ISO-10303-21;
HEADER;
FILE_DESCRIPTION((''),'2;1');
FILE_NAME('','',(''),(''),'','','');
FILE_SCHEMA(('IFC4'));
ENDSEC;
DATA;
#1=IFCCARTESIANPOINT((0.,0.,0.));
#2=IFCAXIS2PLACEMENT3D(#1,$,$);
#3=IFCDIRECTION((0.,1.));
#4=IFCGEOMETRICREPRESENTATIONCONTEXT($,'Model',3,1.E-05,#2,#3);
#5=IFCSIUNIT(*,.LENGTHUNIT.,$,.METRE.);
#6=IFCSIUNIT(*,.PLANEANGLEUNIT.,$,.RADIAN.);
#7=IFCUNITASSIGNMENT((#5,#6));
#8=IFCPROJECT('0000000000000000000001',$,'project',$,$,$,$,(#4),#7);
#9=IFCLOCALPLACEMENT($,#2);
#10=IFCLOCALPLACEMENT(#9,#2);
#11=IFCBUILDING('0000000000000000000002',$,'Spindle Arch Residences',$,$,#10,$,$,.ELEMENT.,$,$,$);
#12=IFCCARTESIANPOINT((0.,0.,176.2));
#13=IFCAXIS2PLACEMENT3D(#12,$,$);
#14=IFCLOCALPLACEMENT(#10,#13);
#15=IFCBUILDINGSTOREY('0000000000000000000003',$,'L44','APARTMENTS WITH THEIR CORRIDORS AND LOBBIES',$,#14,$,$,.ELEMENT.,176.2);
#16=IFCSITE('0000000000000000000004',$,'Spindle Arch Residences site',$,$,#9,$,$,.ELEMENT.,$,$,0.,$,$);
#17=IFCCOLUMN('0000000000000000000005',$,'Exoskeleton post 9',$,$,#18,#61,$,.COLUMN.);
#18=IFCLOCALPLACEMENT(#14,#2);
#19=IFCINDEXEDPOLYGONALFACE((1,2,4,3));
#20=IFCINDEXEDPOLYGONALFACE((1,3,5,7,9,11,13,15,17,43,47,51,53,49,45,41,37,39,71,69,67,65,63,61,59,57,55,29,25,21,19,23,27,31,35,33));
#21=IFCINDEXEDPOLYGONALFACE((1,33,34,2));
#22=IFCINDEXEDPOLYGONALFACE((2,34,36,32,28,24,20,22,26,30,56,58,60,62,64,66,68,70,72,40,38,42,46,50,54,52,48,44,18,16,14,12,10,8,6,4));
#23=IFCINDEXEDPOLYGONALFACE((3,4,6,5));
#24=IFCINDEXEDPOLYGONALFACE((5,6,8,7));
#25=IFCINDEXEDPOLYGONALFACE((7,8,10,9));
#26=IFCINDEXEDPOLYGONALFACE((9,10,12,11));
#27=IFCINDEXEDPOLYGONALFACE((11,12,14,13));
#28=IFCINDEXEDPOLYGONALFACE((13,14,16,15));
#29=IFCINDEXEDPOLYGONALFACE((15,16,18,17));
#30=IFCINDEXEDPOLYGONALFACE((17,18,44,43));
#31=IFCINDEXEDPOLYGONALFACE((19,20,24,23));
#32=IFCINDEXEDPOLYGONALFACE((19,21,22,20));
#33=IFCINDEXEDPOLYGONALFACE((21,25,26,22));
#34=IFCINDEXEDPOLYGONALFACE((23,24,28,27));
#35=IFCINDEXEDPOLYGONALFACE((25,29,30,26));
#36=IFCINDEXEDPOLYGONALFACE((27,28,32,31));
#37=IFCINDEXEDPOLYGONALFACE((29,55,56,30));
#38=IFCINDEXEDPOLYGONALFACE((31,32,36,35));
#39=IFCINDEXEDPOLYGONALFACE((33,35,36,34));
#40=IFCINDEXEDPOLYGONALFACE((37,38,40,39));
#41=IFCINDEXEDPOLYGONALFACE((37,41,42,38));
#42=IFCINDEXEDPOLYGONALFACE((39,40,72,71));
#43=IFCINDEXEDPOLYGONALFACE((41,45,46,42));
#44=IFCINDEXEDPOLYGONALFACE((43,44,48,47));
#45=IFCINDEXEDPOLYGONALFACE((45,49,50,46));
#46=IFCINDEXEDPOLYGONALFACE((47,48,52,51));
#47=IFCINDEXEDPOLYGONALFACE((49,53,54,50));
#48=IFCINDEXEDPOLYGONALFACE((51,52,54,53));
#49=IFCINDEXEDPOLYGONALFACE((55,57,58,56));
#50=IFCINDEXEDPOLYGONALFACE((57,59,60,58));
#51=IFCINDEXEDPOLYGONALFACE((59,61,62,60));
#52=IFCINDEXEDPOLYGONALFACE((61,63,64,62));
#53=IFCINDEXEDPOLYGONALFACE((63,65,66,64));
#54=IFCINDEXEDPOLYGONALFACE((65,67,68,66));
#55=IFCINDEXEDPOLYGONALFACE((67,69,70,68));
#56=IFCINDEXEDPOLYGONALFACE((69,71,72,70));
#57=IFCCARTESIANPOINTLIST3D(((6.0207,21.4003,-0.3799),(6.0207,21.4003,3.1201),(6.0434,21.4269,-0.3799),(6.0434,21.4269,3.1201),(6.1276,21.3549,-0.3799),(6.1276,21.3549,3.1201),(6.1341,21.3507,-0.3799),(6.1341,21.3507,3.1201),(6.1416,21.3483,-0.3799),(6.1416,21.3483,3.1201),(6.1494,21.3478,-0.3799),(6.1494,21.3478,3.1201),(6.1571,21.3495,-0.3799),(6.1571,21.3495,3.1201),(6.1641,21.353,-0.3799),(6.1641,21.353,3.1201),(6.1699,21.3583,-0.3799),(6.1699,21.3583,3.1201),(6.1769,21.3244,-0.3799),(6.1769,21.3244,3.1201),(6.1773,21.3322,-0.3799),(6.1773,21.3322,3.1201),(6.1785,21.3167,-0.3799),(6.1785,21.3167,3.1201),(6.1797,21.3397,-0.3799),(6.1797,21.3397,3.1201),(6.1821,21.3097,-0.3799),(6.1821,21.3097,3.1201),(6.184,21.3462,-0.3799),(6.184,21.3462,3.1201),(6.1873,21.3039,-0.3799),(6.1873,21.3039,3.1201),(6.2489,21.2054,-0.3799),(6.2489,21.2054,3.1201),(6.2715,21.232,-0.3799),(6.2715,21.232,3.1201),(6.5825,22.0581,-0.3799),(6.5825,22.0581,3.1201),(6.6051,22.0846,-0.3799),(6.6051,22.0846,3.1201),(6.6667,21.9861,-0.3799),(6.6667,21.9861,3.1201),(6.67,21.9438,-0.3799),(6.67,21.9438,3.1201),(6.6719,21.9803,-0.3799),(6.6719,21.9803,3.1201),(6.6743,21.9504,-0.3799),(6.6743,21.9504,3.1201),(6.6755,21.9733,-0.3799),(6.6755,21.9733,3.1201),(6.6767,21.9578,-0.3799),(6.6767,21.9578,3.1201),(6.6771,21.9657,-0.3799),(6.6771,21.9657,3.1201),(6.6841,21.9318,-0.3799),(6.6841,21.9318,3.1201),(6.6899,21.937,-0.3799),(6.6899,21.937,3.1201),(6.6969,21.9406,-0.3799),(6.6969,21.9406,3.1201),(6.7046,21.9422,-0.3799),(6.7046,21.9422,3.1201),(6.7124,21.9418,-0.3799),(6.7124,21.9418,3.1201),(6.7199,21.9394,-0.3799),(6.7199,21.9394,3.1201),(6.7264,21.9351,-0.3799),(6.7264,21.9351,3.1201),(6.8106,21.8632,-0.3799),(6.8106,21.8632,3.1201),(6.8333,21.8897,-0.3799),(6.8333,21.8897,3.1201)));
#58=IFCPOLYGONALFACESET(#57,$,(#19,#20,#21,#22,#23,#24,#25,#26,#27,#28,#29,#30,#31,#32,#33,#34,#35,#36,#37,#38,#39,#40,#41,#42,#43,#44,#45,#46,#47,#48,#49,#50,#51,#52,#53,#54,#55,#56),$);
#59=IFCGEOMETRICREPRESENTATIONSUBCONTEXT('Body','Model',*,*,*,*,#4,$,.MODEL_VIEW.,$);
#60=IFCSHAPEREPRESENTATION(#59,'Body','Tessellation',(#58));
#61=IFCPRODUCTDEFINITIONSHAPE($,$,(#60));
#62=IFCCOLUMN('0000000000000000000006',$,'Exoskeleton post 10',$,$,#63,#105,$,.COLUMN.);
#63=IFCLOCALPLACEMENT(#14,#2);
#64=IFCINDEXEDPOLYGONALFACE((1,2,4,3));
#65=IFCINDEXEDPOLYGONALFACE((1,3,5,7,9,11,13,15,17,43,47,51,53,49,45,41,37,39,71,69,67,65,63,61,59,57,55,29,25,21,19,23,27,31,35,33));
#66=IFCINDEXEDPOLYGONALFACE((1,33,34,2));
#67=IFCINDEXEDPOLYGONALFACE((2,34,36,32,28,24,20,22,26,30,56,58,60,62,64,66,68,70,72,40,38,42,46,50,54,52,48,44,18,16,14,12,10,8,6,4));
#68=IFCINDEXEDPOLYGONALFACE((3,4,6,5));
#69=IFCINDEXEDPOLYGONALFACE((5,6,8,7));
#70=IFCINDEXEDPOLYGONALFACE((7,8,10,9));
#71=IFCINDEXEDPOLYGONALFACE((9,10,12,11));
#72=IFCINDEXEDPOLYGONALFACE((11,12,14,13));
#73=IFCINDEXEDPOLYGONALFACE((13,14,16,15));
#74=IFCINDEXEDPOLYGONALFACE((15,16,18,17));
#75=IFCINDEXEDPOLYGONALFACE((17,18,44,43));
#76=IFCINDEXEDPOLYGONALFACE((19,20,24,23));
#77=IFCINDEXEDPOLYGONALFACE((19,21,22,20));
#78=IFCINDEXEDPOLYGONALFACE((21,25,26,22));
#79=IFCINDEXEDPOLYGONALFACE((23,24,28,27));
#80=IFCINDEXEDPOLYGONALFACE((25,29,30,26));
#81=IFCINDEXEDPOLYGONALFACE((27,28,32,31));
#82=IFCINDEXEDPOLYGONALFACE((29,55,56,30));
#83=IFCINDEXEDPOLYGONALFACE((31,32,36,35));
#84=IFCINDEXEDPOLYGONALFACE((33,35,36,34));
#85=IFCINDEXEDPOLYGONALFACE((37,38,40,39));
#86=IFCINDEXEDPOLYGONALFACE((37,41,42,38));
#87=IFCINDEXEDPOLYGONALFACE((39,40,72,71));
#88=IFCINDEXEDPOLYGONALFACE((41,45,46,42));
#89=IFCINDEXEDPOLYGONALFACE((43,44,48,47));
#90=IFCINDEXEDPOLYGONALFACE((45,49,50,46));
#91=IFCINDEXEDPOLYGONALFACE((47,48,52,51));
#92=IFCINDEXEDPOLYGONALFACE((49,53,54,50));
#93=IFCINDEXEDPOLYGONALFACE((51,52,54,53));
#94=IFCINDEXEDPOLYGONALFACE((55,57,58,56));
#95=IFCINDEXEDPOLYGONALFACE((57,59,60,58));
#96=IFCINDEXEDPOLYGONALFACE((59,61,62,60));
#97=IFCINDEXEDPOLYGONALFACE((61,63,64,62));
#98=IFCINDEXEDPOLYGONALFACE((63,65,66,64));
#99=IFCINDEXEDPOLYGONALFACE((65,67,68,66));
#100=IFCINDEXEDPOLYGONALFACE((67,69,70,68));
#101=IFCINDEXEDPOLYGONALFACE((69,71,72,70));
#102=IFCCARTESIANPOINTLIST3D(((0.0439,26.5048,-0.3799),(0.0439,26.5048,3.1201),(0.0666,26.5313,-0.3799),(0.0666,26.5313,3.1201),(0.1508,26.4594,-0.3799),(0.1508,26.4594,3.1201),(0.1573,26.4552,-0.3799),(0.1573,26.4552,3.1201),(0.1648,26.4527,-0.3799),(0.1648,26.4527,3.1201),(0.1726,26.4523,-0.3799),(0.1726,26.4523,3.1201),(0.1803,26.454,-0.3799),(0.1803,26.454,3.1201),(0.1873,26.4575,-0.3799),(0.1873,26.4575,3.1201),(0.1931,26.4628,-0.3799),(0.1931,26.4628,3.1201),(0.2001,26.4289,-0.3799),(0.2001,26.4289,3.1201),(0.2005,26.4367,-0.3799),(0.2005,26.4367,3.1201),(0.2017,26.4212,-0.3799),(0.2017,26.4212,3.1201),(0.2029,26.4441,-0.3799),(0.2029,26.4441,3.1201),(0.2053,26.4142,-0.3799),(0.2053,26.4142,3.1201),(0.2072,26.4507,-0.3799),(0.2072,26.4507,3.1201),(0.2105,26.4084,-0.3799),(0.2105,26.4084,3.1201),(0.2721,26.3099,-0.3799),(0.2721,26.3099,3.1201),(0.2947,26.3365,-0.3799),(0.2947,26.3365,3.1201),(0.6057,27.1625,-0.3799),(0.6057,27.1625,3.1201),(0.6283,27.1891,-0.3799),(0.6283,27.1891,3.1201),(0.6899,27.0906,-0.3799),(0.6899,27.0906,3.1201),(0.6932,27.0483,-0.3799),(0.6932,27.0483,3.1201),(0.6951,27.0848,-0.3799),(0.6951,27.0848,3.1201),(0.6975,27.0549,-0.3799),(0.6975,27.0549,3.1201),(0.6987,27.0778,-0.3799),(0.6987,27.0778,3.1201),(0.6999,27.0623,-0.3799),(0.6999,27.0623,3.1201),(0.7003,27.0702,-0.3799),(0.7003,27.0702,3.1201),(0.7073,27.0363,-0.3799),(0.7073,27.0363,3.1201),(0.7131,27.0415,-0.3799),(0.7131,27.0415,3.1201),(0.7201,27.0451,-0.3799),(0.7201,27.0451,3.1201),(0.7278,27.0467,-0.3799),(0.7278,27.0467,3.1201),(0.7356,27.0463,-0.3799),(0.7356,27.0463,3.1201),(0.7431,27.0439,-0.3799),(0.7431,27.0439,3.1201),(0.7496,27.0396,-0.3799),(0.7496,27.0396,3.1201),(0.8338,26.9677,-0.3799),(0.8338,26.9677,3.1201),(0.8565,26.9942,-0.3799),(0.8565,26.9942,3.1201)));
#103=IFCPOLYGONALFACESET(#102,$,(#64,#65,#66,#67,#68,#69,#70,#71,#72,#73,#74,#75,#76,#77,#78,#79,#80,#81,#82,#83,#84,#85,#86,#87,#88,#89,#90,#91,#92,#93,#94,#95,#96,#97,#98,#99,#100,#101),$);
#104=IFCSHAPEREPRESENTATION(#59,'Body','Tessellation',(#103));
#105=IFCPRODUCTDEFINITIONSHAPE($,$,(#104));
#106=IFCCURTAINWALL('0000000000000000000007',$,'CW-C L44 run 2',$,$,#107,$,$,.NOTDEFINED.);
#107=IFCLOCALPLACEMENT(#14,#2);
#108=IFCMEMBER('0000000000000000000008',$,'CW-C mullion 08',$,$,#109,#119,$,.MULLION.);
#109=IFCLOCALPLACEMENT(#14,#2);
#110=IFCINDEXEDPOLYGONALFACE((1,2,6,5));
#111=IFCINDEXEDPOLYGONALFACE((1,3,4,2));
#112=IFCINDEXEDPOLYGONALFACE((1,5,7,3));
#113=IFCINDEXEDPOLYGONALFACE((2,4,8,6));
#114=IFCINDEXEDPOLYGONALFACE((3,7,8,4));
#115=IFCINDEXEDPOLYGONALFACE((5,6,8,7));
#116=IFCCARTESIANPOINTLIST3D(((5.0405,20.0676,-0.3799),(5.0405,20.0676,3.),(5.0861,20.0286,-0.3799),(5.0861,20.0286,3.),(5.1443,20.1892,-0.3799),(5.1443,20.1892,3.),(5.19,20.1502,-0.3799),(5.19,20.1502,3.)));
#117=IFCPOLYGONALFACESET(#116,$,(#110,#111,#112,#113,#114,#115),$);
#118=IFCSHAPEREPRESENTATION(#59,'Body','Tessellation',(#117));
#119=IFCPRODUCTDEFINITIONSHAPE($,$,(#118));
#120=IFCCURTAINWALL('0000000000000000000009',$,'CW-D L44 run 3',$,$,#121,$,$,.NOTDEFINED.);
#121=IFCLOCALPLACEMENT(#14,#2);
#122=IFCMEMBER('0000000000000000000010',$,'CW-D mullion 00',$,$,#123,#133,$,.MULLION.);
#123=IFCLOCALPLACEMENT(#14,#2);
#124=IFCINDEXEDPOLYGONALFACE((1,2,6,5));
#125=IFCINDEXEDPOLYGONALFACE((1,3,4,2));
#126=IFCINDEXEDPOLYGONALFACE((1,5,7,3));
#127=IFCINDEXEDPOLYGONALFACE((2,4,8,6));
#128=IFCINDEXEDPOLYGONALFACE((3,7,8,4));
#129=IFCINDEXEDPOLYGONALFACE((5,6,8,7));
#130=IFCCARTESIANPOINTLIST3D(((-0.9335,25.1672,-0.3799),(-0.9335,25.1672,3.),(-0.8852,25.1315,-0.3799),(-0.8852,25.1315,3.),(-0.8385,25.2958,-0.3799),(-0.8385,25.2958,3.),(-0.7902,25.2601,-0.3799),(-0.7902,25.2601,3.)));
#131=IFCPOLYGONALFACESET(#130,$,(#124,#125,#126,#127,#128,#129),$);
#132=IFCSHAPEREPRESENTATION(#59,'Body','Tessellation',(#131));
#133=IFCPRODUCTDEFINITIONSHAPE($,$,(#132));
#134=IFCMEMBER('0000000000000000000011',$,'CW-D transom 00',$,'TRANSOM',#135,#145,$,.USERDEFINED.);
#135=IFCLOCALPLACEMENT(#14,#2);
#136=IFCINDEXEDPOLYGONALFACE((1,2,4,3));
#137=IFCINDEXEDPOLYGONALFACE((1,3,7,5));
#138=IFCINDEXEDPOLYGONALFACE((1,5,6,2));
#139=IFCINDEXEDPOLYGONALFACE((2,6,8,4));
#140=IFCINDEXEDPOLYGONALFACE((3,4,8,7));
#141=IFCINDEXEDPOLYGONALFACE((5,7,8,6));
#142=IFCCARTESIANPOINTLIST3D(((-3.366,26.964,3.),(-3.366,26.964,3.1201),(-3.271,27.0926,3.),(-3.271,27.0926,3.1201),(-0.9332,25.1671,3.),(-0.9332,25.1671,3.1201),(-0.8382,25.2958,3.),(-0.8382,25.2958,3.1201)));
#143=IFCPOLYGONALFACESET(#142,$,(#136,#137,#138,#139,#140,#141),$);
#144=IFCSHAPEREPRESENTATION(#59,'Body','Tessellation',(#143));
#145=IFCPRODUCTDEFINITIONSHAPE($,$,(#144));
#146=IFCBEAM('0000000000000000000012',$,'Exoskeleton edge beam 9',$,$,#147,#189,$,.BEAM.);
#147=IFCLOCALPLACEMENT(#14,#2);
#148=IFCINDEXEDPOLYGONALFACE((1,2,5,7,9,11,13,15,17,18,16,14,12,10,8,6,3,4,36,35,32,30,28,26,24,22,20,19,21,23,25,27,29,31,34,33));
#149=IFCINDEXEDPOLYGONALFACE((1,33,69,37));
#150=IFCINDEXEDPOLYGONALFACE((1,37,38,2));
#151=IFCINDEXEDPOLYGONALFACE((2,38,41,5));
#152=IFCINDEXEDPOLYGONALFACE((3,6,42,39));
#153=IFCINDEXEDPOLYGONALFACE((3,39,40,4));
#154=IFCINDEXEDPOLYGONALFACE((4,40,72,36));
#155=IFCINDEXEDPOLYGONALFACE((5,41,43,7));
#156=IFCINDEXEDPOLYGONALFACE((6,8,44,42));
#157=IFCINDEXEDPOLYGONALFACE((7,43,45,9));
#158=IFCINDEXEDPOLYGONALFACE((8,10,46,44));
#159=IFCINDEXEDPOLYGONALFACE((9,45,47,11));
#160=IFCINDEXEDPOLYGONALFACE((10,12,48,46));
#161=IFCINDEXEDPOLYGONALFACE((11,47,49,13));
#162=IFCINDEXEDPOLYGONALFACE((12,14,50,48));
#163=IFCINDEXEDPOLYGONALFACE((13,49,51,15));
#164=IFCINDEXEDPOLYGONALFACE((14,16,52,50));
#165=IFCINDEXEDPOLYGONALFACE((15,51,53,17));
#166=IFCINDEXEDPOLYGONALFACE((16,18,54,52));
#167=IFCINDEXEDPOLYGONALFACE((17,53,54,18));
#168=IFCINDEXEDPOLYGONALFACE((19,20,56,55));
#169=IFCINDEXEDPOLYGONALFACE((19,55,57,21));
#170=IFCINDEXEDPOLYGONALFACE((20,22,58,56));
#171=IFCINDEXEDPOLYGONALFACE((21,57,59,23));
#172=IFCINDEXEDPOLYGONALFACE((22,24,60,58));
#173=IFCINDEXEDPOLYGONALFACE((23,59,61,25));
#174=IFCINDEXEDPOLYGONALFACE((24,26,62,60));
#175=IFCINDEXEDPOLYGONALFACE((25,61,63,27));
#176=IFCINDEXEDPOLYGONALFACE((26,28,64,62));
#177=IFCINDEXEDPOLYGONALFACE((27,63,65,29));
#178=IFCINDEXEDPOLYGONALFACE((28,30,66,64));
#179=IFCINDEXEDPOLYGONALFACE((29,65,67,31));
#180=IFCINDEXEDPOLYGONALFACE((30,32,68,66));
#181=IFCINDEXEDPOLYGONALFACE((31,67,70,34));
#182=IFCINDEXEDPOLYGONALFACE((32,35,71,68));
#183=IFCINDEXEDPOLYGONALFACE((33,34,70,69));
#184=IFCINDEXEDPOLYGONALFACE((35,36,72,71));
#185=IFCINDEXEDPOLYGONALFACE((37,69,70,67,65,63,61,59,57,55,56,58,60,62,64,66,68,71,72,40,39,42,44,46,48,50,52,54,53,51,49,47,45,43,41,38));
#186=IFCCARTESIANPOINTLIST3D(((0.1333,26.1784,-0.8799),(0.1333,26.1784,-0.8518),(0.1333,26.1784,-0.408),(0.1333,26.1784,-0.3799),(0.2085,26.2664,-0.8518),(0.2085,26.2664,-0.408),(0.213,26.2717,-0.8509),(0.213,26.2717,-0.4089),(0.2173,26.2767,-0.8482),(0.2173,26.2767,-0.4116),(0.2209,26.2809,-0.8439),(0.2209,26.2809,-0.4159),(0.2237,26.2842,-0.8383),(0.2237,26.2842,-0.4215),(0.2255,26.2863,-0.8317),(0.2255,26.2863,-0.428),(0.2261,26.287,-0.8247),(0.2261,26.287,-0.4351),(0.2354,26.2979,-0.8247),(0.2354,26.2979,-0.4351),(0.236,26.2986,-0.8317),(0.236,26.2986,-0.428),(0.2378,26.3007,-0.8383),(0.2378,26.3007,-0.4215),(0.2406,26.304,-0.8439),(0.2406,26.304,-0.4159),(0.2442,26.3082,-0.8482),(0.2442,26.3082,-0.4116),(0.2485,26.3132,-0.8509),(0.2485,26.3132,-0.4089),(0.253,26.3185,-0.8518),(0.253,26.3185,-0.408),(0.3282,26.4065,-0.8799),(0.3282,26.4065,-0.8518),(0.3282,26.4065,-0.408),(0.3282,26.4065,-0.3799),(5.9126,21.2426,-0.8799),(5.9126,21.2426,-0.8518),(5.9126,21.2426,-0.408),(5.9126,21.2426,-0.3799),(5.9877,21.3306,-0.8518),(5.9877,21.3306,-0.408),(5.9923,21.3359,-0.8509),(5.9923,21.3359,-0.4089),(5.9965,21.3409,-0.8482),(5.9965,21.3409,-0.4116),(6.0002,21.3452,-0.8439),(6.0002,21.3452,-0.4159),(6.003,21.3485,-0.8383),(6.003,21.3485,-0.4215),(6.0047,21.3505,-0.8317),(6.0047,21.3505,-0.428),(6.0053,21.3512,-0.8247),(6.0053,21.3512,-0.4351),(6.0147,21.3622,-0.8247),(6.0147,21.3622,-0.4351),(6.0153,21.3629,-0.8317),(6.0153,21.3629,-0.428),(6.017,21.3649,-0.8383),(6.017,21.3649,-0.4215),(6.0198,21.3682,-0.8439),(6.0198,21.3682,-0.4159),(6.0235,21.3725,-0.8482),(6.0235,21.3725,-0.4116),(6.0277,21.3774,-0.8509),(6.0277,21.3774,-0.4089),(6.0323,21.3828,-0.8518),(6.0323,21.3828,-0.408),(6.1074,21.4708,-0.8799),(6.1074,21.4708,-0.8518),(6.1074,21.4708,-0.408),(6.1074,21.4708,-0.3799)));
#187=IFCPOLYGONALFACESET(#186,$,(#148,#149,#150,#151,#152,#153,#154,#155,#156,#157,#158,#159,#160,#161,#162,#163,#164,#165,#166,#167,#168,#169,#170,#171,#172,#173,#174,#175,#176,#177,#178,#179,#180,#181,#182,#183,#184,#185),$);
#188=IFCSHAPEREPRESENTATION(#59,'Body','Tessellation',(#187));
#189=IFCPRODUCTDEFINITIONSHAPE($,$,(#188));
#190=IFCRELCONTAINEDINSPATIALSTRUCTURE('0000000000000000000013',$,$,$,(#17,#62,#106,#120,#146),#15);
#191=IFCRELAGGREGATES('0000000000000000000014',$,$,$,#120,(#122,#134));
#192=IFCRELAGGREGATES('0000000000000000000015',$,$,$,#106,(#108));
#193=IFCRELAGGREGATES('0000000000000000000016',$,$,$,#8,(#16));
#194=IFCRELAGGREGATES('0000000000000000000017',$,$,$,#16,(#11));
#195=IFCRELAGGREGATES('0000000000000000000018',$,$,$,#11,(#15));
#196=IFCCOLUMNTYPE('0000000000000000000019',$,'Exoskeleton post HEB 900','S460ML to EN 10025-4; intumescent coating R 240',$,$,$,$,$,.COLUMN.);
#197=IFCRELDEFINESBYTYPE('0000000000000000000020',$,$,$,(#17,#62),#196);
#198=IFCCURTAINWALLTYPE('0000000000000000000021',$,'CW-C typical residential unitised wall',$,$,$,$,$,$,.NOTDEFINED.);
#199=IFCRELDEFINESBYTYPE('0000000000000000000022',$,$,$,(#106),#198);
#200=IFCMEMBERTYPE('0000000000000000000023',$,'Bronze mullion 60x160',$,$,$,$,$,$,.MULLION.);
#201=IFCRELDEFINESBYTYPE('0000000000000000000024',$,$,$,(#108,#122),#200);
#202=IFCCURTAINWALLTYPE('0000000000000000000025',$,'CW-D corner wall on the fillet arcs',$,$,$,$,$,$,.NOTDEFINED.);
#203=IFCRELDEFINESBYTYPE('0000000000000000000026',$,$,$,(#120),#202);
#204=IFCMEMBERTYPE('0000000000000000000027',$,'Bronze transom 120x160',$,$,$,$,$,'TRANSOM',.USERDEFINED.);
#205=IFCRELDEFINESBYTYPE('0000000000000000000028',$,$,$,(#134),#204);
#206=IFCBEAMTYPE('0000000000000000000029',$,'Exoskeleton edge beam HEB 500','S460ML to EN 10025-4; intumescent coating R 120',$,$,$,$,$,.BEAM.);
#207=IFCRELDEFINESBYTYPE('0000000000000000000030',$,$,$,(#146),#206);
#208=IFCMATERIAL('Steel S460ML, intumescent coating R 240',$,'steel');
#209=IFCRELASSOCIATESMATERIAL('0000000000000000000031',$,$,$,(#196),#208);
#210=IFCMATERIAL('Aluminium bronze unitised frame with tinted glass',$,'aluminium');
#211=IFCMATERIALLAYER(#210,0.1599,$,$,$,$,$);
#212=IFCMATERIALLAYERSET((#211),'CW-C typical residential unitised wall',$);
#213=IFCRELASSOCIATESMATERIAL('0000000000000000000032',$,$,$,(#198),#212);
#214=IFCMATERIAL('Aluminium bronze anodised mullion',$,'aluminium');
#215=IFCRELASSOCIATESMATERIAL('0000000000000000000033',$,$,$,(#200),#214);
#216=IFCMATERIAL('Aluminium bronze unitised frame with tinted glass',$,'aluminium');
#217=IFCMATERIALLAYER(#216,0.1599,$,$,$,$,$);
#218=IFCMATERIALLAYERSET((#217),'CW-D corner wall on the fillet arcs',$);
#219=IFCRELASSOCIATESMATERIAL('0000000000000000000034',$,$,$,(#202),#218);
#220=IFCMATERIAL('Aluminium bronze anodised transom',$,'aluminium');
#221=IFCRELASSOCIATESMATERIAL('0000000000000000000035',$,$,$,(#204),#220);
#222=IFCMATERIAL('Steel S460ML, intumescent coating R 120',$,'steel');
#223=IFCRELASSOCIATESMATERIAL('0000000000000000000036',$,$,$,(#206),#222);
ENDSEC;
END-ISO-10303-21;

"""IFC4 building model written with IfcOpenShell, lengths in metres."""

from ifc_helpers import new_model, si_unit, direction, frame, origin, origin_2d, place, context, subcontext, project, spatial, rectangle, i_section, extrude, material, layer, layer_set, material_profile, profile_set, type_object, element, aggregate, save


model = new_model("IFC4")

# Units and contexts
model_context = context("Model", 3, precision=1e-05, world=origin(), true_north=direction((0.0, 1.0)))
body_context = subcontext(model_context, "Body", "Model", "MODEL_VIEW")
ifc_project = project(units=[si_unit("LENGTHUNIT", "METRE"), si_unit("PLANEANGLEUNIT", "RADIAN")], contexts=[model_context])

# Site, building, storey
site_placement = place(None, origin())
site = spatial("IfcSite", under=ifc_project, at=site_placement, Name="Spindle Arch Residences site", CompositionType="ELEMENT", RefElevation=0.0)
building_placement = place(site_placement, origin())
building = spatial("IfcBuilding", under=site, at=building_placement, Name="Spindle Arch Residences", CompositionType="ELEMENT")
storey_placement = place(building_placement, frame((0.0, 0.0, 176.2)))
storey = spatial("IfcBuildingStorey", under=building, at=storey_placement, Name="L44", Description="APARTMENTS WITH THEIR CORRIDORS AND LOBBIES", CompositionType="ELEMENT", Elevation=176.2)

# Columns
ifc_material_1 = material(Name="Steel S460ML, intumescent coating R 240", Category="steel")
ifc_material_profile_1 = material_profile(ifc_material_1, i_section(OverallWidth=0.3, OverallDepth=0.8999, WebThickness=0.0186, FlangeThickness=0.0349, FilletRadius=0.03, at=origin_2d()), Name="HEB 900")
ifc_profile_set_1 = profile_set([ifc_material_profile_1], Name="Steel S460ML, intumescent coating R 240")
column_type = type_object("IfcColumnType", Name="Exoskeleton post HEB 900", Description="S460ML to EN 10025-4; intumescent coating R 240", PredefinedType="COLUMN", material=ifc_profile_set_1)
for number, where, z_axis, x_axis, name in (
    (1, (6.427, 21.645, -0.3799), (0.0, 0.0, 1.0), (0.760406, -0.649448, 0.0), "Exoskeleton post 9"),
    (2, (0.4502, 26.7495, -0.3799), (0.0, 0.0, 1.0), (0.760406, -0.649448, 0.0), "Exoskeleton post 10"),
):
    element("IfcColumn", number, at=place(storey_placement, frame(where, z_axis=z_axis, x_axis=x_axis)), inside=storey, type_object=column_type, Name=name, PredefinedType="COLUMN", context=body_context, shape_type="SweptSolid", body=[
        extrude(i_section(OverallWidth=0.3, OverallDepth=0.8999, WebThickness=0.0186, FlangeThickness=0.0349, FilletRadius=0.03, at=origin_2d()), origin(), (0.0, 0.0, 1.0), 3.5),
    ])

# Curtain wall, member
ifc_material_2 = material(Name="Aluminium bronze unitised frame with tinted glass", Category="aluminium")
ifc_layer_1 = layer(ifc_material_2, 0.1599)
ifc_layer_set_1 = layer_set([ifc_layer_1], Name="CW-C typical residential unitised wall")
curtain_wall_type_1 = type_object("IfcCurtainWallType", Name="CW-C typical residential unitised wall", PredefinedType="NOTDEFINED", material=ifc_layer_set_1)
curtain_wall_1_placement = place(storey_placement, origin())
curtain_wall_1 = element("IfcCurtainWall", 3, at=curtain_wall_1_placement, inside=storey, type_object=curtain_wall_type_1, Name="CW-C L44 run 2", PredefinedType="NOTDEFINED")
ifc_material_3 = material(Name="Aluminium bronze anodised mullion", Category="aluminium")
ifc_material_profile_2 = material_profile(ifc_material_3, rectangle(XDim=0.1599, YDim=0.0601, at=origin_2d()), Name="MU 60x160")
ifc_profile_set_2 = profile_set([ifc_material_profile_2], Name="Aluminium bronze anodised mullion")
member_type_1 = type_object("IfcMemberType", Name="Bronze mullion 60x160", PredefinedType="MULLION", material=ifc_profile_set_2)
member_1_placement = place(storey_placement, frame((5.1152, 20.1089, -0.3799), z_axis=(0.0, 0.0, 1.0), x_axis=(-0.649448, -0.760406, 0.0)))
member_1 = element("IfcMember", 4, at=member_1_placement, type_object=member_type_1, Name="CW-C mullion 08", PredefinedType="MULLION", context=body_context, shape_type="SweptSolid", body=[
    extrude(rectangle(XDim=0.1599, YDim=0.0601, at=origin_2d()), origin(), (0.0, 0.0, 1.0), 3.3799),
])

# Curtain wall, members
ifc_material_4 = material(Name="Aluminium bronze unitised frame with tinted glass", Category="aluminium")
ifc_layer_2 = layer(ifc_material_4, 0.1599)
ifc_layer_set_2 = layer_set([ifc_layer_2], Name="CW-D corner wall on the fillet arcs")
curtain_wall_type_2 = type_object("IfcCurtainWallType", Name="CW-D corner wall on the fillet arcs", PredefinedType="NOTDEFINED", material=ifc_layer_set_2)
curtain_wall_2_placement = place(storey_placement, origin())
curtain_wall_2 = element("IfcCurtainWall", 5, at=curtain_wall_2_placement, inside=storey, type_object=curtain_wall_type_2, Name="CW-D L44 run 3", PredefinedType="NOTDEFINED")
member_2_placement = place(storey_placement, frame((-0.8618, 25.2136, -0.3799), z_axis=(0.0, 0.0, 1.0), x_axis=(-0.594134, -0.804366, 0.0)))
member_2 = element("IfcMember", 6, at=member_2_placement, type_object=member_type_1, Name="CW-D mullion 00", PredefinedType="MULLION", context=body_context, shape_type="SweptSolid", body=[
    extrude(rectangle(XDim=0.1599, YDim=0.0601, at=origin_2d()), origin(), (0.0, 0.0, 1.0), 3.3799),
])
ifc_material_5 = material(Name="Aluminium bronze anodised transom", Category="aluminium")
ifc_material_profile_3 = material_profile(ifc_material_5, rectangle(XDim=0.1599, YDim=0.1201, at=origin_2d()), Name="TR 120x160")
ifc_profile_set_3 = profile_set([ifc_material_profile_3], Name="Aluminium bronze anodised transom")
member_type_2 = type_object("IfcMemberType", Name="Bronze transom 120x160", ElementType="TRANSOM", PredefinedType="USERDEFINED", material=ifc_profile_set_3)
member_3_placement = place(storey_placement, frame((-0.8857, 25.2314, 3.0601), z_axis=(-0.804386, 0.594107, 0.0), x_axis=(-0.594107, -0.804386, 0.0)))
member_3 = element("IfcMember", 7, at=member_3_placement, type_object=member_type_2, Name="CW-D transom 00", ObjectType="TRANSOM", PredefinedType="USERDEFINED", context=body_context, shape_type="SweptSolid", body=[
    extrude(rectangle(XDim=0.1599, YDim=0.1201, at=origin_2d()), origin(), (0.0, 0.0, 1.0), 3.0244),
])
aggregate(curtain_wall_2, [member_2, member_3])

# Beam
ifc_material_6 = material(Name="Steel S460ML, intumescent coating R 120", Category="steel")
ifc_material_profile_4 = material_profile(ifc_material_6, i_section(OverallWidth=0.3, OverallDepth=0.5, WebThickness=0.0144, FlangeThickness=0.0281, FilletRadius=0.0271, at=origin_2d()), Name="HEB 500")
ifc_profile_set_4 = profile_set([ifc_material_profile_4], Name="Steel S460ML, intumescent coating R 120")
beam_type_1 = type_object("IfcBeamType", Name="Exoskeleton edge beam HEB 500", Description="S460ML to EN 10025-4; intumescent coating R 120", PredefinedType="BEAM", material=ifc_profile_set_4)
beam_1_placement = place(storey_placement, frame((6.01, 21.3567, -0.6299), z_axis=(-0.760419, 0.649433, 0.0), x_axis=(-0.649433, -0.760419, 0.0)))
element("IfcBeam", 8, at=beam_1_placement, inside=storey, type_object=beam_type_1, Name="Exoskeleton edge beam 9", PredefinedType="BEAM", context=body_context, shape_type="SweptSolid", body=[
    extrude(i_section(OverallWidth=0.3, OverallDepth=0.5, WebThickness=0.0144, FlangeThickness=0.0281, FilletRadius=0.0271, at=origin_2d()), origin(), (0.0, 0.0, 1.0), 7.6001),
])

aggregate(curtain_wall_1, [member_1])

save(model, "model.ifc")
